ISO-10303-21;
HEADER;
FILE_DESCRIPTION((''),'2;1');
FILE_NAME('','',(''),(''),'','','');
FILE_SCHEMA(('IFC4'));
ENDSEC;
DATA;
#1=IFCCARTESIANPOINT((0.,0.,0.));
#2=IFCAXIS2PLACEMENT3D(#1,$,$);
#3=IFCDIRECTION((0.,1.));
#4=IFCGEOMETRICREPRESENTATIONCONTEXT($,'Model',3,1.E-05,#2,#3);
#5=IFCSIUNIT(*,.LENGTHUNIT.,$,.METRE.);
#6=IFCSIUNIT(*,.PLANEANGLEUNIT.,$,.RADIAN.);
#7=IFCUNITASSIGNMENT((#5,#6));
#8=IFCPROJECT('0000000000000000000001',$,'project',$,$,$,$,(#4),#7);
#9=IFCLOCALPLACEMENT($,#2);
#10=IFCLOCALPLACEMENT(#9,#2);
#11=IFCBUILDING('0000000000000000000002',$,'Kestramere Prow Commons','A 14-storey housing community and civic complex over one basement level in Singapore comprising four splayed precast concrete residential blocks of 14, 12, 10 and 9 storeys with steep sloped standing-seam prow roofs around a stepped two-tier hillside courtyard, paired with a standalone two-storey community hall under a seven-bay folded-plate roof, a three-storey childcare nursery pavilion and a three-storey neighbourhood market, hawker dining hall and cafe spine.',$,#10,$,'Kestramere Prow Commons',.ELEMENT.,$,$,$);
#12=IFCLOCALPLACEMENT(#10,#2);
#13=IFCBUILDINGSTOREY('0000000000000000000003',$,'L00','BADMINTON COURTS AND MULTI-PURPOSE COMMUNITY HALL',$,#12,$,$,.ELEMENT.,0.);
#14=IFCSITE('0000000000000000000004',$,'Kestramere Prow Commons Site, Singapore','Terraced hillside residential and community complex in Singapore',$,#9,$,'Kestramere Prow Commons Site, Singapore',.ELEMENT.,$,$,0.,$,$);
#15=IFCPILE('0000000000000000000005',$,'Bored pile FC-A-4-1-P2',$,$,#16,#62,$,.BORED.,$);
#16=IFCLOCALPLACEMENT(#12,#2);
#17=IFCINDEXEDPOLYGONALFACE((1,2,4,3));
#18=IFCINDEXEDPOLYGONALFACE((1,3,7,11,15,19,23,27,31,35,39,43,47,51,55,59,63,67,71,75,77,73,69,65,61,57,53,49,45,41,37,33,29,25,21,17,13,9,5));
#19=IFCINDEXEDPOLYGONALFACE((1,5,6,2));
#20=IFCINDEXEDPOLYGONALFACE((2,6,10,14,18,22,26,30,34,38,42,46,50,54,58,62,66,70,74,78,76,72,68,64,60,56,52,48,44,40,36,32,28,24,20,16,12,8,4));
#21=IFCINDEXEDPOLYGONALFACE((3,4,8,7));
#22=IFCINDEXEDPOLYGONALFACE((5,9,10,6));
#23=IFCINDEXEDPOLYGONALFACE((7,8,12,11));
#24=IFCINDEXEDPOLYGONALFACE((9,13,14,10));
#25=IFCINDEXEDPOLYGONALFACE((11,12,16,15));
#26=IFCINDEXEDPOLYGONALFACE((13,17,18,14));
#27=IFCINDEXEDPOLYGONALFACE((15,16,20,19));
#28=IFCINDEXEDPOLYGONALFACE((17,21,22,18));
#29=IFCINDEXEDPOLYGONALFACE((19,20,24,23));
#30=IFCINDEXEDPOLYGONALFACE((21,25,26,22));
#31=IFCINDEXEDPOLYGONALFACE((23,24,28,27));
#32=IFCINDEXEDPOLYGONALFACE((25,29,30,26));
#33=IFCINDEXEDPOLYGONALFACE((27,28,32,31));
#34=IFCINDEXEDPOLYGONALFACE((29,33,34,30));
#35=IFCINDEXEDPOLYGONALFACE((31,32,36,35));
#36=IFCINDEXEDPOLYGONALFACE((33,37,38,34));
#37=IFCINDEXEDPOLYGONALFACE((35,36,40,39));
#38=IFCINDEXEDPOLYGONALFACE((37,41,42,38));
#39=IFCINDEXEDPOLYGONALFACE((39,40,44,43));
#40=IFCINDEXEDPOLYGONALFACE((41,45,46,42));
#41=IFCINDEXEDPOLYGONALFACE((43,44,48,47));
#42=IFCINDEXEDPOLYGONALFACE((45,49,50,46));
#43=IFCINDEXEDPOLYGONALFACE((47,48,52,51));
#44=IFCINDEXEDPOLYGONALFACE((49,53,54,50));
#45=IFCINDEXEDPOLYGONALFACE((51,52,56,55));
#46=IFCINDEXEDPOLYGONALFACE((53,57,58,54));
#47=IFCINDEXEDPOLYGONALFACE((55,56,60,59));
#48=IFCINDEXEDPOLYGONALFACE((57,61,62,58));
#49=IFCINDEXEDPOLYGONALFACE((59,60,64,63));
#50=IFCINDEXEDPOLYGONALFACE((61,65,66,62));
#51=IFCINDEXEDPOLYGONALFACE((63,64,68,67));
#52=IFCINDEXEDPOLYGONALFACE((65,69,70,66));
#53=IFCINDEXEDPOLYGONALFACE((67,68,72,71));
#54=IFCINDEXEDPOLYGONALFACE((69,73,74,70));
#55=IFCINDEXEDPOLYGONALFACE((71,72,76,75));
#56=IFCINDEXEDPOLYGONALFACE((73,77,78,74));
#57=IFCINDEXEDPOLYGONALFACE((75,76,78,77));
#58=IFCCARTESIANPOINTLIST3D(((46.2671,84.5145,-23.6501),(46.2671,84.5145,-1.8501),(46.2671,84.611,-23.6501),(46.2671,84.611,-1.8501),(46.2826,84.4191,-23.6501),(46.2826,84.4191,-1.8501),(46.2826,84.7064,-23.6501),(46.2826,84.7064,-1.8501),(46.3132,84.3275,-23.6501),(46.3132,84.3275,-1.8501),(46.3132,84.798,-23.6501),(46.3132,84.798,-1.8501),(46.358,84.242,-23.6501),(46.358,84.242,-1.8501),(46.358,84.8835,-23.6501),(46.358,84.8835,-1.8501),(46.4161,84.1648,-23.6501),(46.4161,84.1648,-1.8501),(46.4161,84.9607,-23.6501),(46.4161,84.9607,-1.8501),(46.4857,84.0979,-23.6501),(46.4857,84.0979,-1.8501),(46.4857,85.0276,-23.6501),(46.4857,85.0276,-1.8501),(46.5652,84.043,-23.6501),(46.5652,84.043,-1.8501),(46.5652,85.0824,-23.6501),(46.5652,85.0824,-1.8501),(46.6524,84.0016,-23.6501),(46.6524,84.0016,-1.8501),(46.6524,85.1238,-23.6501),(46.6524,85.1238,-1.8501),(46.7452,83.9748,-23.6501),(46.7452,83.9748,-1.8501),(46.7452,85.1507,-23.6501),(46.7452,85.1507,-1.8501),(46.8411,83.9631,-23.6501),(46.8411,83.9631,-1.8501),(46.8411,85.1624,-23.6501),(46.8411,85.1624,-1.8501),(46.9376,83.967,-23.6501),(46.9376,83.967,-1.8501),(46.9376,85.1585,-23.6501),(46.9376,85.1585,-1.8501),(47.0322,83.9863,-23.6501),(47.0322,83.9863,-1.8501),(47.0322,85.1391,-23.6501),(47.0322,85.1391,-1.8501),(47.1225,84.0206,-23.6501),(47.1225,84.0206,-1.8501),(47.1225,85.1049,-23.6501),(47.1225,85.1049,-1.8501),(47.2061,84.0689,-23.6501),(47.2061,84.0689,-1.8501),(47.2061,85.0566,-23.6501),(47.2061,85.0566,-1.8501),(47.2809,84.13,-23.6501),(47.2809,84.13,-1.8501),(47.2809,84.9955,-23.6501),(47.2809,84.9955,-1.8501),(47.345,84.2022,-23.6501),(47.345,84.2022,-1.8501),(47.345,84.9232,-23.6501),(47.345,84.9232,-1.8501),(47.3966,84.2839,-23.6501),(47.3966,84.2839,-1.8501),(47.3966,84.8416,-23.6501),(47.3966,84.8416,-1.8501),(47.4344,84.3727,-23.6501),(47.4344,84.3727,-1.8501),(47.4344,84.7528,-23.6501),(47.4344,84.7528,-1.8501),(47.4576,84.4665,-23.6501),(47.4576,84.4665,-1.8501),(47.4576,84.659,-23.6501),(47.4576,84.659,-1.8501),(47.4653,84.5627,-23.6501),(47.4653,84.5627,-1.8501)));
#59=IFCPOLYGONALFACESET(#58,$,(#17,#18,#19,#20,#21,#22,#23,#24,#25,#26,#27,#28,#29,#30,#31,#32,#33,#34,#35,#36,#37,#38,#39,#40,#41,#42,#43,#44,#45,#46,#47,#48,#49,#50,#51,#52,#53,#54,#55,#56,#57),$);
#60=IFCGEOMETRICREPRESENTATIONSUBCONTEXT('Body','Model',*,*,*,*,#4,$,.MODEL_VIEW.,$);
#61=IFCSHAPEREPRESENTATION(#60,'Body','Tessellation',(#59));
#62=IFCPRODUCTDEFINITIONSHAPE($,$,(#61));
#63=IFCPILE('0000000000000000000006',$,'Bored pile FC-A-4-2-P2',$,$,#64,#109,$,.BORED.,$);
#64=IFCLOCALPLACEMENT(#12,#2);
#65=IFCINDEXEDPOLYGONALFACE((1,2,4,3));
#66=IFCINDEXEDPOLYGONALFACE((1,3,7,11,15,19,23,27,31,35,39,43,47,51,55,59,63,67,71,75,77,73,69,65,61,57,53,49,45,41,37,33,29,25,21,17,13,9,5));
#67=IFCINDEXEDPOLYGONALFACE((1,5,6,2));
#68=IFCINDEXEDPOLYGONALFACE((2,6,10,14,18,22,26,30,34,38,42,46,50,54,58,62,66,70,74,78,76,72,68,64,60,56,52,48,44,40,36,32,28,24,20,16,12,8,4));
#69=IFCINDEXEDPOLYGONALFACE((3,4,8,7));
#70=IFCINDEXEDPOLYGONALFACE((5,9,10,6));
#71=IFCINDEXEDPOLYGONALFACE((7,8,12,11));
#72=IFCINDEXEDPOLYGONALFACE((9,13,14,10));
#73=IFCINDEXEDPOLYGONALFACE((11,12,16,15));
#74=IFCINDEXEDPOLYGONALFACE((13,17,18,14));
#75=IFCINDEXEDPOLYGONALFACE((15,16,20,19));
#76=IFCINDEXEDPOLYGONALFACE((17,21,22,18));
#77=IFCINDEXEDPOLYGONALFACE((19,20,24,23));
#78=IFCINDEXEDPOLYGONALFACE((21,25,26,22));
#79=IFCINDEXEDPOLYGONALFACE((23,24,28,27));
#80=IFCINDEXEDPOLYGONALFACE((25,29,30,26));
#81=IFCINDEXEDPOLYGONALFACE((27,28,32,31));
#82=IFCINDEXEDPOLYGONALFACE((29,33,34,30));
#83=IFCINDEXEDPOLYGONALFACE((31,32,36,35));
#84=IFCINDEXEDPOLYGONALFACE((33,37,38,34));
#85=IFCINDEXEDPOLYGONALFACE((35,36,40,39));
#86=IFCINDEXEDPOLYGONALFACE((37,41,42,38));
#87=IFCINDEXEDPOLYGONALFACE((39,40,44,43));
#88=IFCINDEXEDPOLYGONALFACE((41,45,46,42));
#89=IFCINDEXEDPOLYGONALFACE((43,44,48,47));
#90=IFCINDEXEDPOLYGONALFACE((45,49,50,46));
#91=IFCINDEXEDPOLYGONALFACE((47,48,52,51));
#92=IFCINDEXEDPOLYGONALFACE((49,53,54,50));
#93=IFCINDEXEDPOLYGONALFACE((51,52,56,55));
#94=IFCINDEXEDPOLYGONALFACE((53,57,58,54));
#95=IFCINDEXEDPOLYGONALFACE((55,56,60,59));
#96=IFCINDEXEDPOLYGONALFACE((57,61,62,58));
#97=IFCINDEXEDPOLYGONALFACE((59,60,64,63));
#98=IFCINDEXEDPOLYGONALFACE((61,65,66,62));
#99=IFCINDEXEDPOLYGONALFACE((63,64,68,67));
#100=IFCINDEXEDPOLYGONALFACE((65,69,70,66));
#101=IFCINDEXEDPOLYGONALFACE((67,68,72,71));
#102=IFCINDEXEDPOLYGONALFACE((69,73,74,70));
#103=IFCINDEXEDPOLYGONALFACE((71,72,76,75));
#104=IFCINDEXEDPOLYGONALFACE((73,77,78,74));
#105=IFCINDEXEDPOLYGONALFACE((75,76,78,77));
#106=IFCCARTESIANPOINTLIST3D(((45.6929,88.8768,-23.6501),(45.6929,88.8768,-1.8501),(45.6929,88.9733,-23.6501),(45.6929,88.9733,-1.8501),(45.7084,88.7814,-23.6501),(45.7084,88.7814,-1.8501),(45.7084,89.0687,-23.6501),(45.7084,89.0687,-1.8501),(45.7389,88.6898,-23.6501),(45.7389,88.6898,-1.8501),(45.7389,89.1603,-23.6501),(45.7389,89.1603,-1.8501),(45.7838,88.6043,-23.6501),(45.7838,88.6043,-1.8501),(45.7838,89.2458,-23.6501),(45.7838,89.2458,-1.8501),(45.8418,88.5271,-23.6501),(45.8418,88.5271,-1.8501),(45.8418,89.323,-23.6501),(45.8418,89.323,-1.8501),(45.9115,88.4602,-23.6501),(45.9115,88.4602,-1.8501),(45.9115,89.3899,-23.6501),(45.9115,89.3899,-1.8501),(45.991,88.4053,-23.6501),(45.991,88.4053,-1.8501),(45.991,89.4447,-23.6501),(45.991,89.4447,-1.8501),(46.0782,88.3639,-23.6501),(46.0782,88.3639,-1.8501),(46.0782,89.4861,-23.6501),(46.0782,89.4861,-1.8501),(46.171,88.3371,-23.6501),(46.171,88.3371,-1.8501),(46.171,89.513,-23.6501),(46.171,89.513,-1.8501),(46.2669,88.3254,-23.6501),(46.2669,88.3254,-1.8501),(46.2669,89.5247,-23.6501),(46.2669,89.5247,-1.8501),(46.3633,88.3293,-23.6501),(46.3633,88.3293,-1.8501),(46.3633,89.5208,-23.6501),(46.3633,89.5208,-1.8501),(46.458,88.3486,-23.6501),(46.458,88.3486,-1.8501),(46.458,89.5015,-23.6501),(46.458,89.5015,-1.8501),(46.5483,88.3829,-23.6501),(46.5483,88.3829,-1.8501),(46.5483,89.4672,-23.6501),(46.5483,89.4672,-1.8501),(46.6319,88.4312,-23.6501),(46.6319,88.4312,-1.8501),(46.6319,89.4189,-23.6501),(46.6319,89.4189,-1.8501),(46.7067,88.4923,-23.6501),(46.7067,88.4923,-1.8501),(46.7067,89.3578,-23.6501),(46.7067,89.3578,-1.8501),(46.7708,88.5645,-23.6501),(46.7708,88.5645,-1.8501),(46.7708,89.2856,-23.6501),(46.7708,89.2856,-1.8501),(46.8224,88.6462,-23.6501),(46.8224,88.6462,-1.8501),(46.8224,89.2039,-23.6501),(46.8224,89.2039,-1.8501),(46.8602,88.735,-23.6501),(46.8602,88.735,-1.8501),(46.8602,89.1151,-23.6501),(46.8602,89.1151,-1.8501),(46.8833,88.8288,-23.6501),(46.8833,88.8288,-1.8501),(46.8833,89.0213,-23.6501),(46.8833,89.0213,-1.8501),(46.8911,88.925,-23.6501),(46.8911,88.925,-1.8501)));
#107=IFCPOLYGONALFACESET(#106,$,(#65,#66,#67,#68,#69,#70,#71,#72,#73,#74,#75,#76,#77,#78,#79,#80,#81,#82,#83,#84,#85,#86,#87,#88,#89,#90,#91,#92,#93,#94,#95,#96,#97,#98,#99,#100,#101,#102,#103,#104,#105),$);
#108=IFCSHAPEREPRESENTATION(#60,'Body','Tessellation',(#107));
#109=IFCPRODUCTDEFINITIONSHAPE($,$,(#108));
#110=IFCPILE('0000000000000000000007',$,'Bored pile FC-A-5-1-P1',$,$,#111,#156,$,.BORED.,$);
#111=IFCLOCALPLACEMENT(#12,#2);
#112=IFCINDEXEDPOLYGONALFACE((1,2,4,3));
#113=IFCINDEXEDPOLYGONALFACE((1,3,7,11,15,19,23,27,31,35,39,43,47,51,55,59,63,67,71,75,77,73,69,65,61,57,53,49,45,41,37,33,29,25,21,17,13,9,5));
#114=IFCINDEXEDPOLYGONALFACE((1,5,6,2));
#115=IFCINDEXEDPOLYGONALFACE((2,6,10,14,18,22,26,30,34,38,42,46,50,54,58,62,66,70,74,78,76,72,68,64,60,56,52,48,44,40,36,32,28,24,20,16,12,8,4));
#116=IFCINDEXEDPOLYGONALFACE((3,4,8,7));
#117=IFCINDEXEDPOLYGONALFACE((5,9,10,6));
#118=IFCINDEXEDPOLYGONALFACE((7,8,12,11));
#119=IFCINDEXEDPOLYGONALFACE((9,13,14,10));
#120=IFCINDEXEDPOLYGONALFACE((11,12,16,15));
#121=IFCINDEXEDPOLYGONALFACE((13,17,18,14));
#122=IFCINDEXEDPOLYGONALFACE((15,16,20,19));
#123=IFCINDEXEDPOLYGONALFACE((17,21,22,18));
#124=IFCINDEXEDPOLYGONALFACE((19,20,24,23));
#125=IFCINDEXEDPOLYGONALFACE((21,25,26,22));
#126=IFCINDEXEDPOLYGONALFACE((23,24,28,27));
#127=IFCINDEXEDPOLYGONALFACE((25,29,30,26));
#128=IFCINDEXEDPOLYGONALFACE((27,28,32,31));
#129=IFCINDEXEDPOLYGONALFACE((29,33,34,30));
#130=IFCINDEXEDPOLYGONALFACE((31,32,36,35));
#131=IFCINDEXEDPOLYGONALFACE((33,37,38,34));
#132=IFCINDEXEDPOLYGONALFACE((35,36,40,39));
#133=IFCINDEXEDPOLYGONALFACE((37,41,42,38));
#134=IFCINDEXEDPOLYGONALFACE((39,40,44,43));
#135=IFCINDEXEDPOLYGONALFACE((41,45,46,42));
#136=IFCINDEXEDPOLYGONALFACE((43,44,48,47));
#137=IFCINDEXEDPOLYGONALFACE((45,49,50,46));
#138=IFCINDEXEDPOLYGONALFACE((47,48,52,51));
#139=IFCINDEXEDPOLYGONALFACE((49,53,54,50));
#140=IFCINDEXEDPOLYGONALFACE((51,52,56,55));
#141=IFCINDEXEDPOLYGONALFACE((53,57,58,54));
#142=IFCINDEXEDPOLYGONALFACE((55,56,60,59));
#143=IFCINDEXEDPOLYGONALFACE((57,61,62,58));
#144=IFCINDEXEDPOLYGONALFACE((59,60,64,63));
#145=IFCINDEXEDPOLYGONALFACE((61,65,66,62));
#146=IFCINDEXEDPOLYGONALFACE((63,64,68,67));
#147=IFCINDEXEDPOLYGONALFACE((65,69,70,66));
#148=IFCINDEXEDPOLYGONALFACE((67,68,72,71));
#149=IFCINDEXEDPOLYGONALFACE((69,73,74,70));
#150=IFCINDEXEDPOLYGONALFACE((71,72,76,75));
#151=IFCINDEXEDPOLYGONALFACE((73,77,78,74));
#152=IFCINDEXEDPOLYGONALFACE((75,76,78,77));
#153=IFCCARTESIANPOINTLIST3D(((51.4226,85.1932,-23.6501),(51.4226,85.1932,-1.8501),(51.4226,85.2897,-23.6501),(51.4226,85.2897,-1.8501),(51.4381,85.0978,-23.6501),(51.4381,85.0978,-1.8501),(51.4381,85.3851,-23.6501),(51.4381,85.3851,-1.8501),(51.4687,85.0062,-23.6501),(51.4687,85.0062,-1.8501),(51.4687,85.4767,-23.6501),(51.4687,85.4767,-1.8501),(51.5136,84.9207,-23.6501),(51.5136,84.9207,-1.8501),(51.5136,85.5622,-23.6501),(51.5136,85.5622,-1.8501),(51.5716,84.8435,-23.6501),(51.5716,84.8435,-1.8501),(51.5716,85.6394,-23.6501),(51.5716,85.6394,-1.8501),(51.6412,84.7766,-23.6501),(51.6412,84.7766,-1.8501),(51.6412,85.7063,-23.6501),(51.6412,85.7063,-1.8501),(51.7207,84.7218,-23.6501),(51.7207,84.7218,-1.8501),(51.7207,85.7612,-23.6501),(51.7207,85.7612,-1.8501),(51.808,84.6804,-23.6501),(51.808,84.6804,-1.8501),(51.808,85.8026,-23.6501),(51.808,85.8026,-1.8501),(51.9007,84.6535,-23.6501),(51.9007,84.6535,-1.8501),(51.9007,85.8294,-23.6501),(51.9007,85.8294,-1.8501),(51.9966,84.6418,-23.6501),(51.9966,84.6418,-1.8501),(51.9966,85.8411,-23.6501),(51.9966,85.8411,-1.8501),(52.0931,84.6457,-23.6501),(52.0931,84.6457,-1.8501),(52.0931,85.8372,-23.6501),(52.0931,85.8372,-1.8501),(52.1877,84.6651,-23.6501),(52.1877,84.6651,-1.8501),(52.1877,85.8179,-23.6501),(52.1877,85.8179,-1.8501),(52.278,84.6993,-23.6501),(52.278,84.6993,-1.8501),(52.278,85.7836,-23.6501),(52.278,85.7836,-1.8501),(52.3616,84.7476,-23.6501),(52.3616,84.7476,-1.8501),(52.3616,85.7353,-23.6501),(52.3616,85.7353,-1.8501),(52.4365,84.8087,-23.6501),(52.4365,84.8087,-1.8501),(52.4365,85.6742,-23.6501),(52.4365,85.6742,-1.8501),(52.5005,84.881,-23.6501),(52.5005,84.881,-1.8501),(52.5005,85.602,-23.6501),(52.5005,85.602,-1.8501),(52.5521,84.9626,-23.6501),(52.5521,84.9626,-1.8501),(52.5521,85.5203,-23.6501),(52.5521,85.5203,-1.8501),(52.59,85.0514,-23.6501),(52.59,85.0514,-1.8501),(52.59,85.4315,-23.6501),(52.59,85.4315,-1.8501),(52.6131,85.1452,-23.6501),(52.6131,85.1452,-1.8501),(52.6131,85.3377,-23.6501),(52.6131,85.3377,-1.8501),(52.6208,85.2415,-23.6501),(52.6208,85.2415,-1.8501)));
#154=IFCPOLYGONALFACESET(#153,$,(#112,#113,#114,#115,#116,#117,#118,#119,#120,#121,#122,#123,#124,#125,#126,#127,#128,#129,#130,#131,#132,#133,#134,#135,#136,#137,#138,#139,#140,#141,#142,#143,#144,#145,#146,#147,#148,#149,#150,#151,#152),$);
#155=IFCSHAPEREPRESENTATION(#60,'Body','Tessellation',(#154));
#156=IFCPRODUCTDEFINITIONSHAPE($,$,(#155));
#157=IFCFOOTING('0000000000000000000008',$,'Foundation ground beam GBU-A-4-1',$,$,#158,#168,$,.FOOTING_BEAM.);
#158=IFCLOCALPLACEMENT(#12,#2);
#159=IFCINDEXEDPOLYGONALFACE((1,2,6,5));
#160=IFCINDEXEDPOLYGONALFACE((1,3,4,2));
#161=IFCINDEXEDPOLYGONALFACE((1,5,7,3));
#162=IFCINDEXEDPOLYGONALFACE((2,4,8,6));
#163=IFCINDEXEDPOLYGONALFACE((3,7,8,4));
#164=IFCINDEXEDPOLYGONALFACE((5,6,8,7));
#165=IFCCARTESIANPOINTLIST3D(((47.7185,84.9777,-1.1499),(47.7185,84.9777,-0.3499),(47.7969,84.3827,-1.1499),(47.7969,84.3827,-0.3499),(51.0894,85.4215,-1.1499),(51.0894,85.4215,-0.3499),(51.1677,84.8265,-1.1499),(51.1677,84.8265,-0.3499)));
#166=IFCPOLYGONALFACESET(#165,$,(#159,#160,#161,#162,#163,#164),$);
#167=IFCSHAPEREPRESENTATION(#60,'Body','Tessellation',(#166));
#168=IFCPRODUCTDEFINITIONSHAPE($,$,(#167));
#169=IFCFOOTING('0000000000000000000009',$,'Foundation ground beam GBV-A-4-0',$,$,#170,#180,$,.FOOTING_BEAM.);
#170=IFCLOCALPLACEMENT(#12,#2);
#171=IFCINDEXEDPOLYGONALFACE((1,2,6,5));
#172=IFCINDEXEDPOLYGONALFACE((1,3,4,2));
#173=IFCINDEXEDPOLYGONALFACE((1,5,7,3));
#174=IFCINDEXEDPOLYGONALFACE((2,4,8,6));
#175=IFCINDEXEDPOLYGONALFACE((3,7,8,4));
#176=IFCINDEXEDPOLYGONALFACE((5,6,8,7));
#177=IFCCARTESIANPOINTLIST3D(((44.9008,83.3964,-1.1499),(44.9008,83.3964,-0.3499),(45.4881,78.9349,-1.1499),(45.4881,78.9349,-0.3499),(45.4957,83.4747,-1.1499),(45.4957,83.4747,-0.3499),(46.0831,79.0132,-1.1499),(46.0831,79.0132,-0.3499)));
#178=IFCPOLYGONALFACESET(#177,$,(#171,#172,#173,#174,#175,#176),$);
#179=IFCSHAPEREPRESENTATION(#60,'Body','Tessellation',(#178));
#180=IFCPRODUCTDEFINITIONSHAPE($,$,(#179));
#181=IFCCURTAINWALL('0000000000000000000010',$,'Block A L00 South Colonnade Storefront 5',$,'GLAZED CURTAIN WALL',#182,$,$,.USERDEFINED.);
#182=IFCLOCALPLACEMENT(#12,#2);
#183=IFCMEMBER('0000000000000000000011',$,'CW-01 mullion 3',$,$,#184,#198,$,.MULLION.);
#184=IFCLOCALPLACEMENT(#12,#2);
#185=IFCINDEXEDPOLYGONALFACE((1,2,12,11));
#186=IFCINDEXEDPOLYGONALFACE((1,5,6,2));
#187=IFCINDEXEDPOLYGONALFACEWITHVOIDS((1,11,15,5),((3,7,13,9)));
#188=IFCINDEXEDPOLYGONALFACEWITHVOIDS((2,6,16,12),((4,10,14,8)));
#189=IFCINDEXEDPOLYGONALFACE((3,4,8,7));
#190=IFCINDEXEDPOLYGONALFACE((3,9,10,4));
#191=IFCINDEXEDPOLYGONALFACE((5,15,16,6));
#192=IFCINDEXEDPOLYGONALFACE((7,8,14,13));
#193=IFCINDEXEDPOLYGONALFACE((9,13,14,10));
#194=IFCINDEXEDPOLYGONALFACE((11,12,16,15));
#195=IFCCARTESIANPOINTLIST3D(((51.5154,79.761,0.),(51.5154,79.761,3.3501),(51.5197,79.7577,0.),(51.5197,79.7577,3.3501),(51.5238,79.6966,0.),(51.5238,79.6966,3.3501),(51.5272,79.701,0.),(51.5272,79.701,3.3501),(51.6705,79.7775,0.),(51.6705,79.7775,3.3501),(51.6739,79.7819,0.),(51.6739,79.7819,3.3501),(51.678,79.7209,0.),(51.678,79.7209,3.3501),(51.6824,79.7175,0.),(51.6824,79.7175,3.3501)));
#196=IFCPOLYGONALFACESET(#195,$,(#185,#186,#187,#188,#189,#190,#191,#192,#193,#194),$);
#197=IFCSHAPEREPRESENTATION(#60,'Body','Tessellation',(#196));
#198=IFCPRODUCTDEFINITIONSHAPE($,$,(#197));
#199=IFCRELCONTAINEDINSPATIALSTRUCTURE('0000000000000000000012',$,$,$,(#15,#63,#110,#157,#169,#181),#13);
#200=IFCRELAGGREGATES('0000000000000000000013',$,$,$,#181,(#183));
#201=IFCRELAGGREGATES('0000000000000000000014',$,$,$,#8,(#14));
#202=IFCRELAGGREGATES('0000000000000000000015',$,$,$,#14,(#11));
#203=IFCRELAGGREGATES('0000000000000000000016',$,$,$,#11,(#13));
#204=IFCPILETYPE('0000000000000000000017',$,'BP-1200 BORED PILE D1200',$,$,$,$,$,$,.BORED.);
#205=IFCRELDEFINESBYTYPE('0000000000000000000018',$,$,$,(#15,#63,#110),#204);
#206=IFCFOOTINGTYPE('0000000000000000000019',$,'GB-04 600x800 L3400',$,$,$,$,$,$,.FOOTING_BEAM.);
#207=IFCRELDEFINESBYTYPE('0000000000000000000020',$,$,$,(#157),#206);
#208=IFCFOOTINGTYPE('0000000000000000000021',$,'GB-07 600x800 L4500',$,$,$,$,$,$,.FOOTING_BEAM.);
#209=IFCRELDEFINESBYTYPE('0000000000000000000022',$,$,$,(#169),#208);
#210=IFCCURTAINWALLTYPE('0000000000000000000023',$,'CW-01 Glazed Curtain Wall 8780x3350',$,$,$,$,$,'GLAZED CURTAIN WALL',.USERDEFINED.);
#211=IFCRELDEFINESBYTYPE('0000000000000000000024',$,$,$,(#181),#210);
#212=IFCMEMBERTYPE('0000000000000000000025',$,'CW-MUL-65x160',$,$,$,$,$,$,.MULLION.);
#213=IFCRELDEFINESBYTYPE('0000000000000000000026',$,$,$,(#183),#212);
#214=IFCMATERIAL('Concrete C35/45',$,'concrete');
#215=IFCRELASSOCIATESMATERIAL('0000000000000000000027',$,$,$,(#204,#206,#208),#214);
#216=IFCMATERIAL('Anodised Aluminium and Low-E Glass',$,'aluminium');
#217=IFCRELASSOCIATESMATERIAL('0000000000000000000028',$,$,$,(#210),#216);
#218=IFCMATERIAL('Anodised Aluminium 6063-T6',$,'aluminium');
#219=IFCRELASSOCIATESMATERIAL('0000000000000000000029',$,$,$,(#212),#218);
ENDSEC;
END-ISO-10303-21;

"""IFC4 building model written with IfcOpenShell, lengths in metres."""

from ifc_helpers import new_model, si_unit, direction, frame, origin, origin_2d, place, context, subcontext, project, spatial, rectangle, hollow_rectangle, circle, extrude, material, material_profile, profile_set, type_object, element, aggregate, save


model = new_model("IFC4")

# Units and contexts
model_context = context("Model", 3, precision=1e-05, world=origin(), true_north=direction((0.0, 1.0)))
body_context = subcontext(model_context, "Body", "Model", "MODEL_VIEW")
ifc_project = project(units=[si_unit("LENGTHUNIT", "METRE"), si_unit("PLANEANGLEUNIT", "RADIAN")], contexts=[model_context])

# Site, building, storey
site_placement = place(None, origin())
site = spatial("IfcSite", under=ifc_project, at=site_placement, Name="Kestramere Prow Commons Site, Singapore", Description="Terraced hillside residential and community complex in Singapore", LongName="Kestramere Prow Commons Site, Singapore", CompositionType="ELEMENT", RefElevation=0.0)
building_placement = place(site_placement, origin())
building = spatial("IfcBuilding", under=site, at=building_placement, Name="Kestramere Prow Commons", Description="A 14-storey housing community and civic complex over one basement level in Singapore comprising four splayed precast concrete residential blocks of 14, 12, 10 and 9 storeys with steep sloped standing-seam prow roofs around a stepped two-tier hillside courtyard, paired with a standalone two-storey community hall under a seven-bay folded-plate roof, a three-storey childcare nursery pavilion and a three-storey neighbourhood market, hawker dining hall and cafe spine.", LongName="Kestramere Prow Commons", CompositionType="ELEMENT")
storey_placement = place(building_placement, origin())
storey = spatial("IfcBuildingStorey", under=building, at=storey_placement, Name="L00", Description="BADMINTON COURTS AND MULTI-PURPOSE COMMUNITY HALL", CompositionType="ELEMENT", Elevation=0.0)

# Piles
ifc_material_1 = material(Name="Concrete C35/45", Category="concrete")
ifc_material_profile_1 = material_profile(ifc_material_1, circle(Radius=0.6001, at=origin_2d()), Name="BORED PILE D1200")
ifc_profile_set_1 = profile_set([ifc_material_profile_1], Name="Concrete C35/45")
pile_type = type_object("IfcPileType", Name="BP-1200 BORED PILE D1200", PredefinedType="BORED", material=ifc_profile_set_1)
for number, where, z_axis, x_axis, name in (
    (1, (46.8652, 84.5627, -1.8501), (0.0, 0.0, -1.0), (1.0, 0.0, 0.0), "Bored pile FC-A-4-1-P2"),
    (2, (46.291, 88.925, -1.8501), (0.0, 0.0, -1.0), (1.0, 0.0, 0.0), "Bored pile FC-A-4-2-P2"),
    (3, (52.0208, 85.2415, -1.8501), (0.0, 0.0, -1.0), (1.0, 0.0, 0.0), "Bored pile FC-A-5-1-P1"),
):
    element("IfcPile", number, at=place(storey_placement, frame(where, z_axis=z_axis, x_axis=x_axis)), inside=storey, type_object=pile_type, Name=name, PredefinedType="BORED", context=body_context, shape_type="SweptSolid", body=[
        extrude(circle(Radius=0.6001, at=origin_2d()), origin(), (0.0, 0.0, 1.0), 21.8),
    ])

# Footings
footing_type_1 = type_object("IfcFootingType", Name="GB-04 600x800 L3400", PredefinedType="FOOTING_BEAM", material=ifc_material_1)
footing_1_placement = place(storey_placement, frame((49.4431, 84.9021, -1.1499), z_axis=(0.0, 0.0, 1.0), x_axis=(0.991445, 0.130526, 0.0)))
element("IfcFooting", 4, at=footing_1_placement, inside=storey, type_object=footing_type_1, Name="Foundation ground beam GBU-A-4-1", PredefinedType="FOOTING_BEAM", context=body_context, shape_type="SweptSolid", body=[
    extrude(rectangle(XDim=3.3999, YDim=0.6001, at=origin_2d()), origin(), (0.0, 0.0, 1.0), 0.8),
])
footing_type_2 = type_object("IfcFootingType", Name="GB-07 600x800 L4500", PredefinedType="FOOTING_BEAM", material=ifc_material_1)
footing_2_placement = place(storey_placement, frame((45.4919, 81.2048, -1.1499), z_axis=(0.0, 0.0, 1.0), x_axis=(-0.130526, 0.991445, 0.0)))
element("IfcFooting", 5, at=footing_2_placement, inside=storey, type_object=footing_type_2, Name="Foundation ground beam GBV-A-4-0", PredefinedType="FOOTING_BEAM", context=body_context, shape_type="SweptSolid", body=[
    extrude(rectangle(XDim=4.5, YDim=0.6001, at=origin_2d()), origin(), (0.0, 0.0, 1.0), 0.8),
])

# Curtain wall, member
ifc_material_2 = material(Name="Anodised Aluminium and Low-E Glass", Category="aluminium")
curtain_wall_type = type_object("IfcCurtainWallType", Name="CW-01 Glazed Curtain Wall 8780x3350", ElementType="GLAZED CURTAIN WALL", PredefinedType="USERDEFINED", material=ifc_material_2)
curtain_wall_placement = place(storey_placement, origin())
curtain_wall = element("IfcCurtainWall", 6, at=curtain_wall_placement, inside=storey, type_object=curtain_wall_type, Name="Block A L00 South Colonnade Storefront 5", ObjectType="GLAZED CURTAIN WALL", PredefinedType="USERDEFINED")
ifc_material_3 = material(Name="Anodised Aluminium 6063-T6", Category="aluminium")
ifc_material_profile_2 = material_profile(ifc_material_3, hollow_rectangle(XDim=0.0649, YDim=0.1599, WallThickness=0.0039, at=origin_2d()), Name="ALU-MUL 65x160")
ifc_profile_set_2 = profile_set([ifc_material_profile_2], Name="Anodised Aluminium 6063-T6")
member_type_1 = type_object("IfcMemberType", Name="CW-MUL-65x160", PredefinedType="MULLION", material=ifc_profile_set_2)
member_1_placement = place(storey_placement, frame((51.5989, 79.7393, 0.0), z_axis=(0.0, 0.0, 1.0), x_axis=(0.130526, -0.991445, 0.0)))
member_1 = element("IfcMember", 7, at=member_1_placement, type_object=member_type_1, Name="CW-01 mullion 3", PredefinedType="MULLION", context=body_context, shape_type="SweptSolid", body=[
    extrude(hollow_rectangle(XDim=0.0649, YDim=0.1599, WallThickness=0.0039, at=origin_2d()), origin(), (0.0, 0.0, 1.0), 3.3501),
])
aggregate(curtain_wall, [member_1])

save(model, "model.ifc")
